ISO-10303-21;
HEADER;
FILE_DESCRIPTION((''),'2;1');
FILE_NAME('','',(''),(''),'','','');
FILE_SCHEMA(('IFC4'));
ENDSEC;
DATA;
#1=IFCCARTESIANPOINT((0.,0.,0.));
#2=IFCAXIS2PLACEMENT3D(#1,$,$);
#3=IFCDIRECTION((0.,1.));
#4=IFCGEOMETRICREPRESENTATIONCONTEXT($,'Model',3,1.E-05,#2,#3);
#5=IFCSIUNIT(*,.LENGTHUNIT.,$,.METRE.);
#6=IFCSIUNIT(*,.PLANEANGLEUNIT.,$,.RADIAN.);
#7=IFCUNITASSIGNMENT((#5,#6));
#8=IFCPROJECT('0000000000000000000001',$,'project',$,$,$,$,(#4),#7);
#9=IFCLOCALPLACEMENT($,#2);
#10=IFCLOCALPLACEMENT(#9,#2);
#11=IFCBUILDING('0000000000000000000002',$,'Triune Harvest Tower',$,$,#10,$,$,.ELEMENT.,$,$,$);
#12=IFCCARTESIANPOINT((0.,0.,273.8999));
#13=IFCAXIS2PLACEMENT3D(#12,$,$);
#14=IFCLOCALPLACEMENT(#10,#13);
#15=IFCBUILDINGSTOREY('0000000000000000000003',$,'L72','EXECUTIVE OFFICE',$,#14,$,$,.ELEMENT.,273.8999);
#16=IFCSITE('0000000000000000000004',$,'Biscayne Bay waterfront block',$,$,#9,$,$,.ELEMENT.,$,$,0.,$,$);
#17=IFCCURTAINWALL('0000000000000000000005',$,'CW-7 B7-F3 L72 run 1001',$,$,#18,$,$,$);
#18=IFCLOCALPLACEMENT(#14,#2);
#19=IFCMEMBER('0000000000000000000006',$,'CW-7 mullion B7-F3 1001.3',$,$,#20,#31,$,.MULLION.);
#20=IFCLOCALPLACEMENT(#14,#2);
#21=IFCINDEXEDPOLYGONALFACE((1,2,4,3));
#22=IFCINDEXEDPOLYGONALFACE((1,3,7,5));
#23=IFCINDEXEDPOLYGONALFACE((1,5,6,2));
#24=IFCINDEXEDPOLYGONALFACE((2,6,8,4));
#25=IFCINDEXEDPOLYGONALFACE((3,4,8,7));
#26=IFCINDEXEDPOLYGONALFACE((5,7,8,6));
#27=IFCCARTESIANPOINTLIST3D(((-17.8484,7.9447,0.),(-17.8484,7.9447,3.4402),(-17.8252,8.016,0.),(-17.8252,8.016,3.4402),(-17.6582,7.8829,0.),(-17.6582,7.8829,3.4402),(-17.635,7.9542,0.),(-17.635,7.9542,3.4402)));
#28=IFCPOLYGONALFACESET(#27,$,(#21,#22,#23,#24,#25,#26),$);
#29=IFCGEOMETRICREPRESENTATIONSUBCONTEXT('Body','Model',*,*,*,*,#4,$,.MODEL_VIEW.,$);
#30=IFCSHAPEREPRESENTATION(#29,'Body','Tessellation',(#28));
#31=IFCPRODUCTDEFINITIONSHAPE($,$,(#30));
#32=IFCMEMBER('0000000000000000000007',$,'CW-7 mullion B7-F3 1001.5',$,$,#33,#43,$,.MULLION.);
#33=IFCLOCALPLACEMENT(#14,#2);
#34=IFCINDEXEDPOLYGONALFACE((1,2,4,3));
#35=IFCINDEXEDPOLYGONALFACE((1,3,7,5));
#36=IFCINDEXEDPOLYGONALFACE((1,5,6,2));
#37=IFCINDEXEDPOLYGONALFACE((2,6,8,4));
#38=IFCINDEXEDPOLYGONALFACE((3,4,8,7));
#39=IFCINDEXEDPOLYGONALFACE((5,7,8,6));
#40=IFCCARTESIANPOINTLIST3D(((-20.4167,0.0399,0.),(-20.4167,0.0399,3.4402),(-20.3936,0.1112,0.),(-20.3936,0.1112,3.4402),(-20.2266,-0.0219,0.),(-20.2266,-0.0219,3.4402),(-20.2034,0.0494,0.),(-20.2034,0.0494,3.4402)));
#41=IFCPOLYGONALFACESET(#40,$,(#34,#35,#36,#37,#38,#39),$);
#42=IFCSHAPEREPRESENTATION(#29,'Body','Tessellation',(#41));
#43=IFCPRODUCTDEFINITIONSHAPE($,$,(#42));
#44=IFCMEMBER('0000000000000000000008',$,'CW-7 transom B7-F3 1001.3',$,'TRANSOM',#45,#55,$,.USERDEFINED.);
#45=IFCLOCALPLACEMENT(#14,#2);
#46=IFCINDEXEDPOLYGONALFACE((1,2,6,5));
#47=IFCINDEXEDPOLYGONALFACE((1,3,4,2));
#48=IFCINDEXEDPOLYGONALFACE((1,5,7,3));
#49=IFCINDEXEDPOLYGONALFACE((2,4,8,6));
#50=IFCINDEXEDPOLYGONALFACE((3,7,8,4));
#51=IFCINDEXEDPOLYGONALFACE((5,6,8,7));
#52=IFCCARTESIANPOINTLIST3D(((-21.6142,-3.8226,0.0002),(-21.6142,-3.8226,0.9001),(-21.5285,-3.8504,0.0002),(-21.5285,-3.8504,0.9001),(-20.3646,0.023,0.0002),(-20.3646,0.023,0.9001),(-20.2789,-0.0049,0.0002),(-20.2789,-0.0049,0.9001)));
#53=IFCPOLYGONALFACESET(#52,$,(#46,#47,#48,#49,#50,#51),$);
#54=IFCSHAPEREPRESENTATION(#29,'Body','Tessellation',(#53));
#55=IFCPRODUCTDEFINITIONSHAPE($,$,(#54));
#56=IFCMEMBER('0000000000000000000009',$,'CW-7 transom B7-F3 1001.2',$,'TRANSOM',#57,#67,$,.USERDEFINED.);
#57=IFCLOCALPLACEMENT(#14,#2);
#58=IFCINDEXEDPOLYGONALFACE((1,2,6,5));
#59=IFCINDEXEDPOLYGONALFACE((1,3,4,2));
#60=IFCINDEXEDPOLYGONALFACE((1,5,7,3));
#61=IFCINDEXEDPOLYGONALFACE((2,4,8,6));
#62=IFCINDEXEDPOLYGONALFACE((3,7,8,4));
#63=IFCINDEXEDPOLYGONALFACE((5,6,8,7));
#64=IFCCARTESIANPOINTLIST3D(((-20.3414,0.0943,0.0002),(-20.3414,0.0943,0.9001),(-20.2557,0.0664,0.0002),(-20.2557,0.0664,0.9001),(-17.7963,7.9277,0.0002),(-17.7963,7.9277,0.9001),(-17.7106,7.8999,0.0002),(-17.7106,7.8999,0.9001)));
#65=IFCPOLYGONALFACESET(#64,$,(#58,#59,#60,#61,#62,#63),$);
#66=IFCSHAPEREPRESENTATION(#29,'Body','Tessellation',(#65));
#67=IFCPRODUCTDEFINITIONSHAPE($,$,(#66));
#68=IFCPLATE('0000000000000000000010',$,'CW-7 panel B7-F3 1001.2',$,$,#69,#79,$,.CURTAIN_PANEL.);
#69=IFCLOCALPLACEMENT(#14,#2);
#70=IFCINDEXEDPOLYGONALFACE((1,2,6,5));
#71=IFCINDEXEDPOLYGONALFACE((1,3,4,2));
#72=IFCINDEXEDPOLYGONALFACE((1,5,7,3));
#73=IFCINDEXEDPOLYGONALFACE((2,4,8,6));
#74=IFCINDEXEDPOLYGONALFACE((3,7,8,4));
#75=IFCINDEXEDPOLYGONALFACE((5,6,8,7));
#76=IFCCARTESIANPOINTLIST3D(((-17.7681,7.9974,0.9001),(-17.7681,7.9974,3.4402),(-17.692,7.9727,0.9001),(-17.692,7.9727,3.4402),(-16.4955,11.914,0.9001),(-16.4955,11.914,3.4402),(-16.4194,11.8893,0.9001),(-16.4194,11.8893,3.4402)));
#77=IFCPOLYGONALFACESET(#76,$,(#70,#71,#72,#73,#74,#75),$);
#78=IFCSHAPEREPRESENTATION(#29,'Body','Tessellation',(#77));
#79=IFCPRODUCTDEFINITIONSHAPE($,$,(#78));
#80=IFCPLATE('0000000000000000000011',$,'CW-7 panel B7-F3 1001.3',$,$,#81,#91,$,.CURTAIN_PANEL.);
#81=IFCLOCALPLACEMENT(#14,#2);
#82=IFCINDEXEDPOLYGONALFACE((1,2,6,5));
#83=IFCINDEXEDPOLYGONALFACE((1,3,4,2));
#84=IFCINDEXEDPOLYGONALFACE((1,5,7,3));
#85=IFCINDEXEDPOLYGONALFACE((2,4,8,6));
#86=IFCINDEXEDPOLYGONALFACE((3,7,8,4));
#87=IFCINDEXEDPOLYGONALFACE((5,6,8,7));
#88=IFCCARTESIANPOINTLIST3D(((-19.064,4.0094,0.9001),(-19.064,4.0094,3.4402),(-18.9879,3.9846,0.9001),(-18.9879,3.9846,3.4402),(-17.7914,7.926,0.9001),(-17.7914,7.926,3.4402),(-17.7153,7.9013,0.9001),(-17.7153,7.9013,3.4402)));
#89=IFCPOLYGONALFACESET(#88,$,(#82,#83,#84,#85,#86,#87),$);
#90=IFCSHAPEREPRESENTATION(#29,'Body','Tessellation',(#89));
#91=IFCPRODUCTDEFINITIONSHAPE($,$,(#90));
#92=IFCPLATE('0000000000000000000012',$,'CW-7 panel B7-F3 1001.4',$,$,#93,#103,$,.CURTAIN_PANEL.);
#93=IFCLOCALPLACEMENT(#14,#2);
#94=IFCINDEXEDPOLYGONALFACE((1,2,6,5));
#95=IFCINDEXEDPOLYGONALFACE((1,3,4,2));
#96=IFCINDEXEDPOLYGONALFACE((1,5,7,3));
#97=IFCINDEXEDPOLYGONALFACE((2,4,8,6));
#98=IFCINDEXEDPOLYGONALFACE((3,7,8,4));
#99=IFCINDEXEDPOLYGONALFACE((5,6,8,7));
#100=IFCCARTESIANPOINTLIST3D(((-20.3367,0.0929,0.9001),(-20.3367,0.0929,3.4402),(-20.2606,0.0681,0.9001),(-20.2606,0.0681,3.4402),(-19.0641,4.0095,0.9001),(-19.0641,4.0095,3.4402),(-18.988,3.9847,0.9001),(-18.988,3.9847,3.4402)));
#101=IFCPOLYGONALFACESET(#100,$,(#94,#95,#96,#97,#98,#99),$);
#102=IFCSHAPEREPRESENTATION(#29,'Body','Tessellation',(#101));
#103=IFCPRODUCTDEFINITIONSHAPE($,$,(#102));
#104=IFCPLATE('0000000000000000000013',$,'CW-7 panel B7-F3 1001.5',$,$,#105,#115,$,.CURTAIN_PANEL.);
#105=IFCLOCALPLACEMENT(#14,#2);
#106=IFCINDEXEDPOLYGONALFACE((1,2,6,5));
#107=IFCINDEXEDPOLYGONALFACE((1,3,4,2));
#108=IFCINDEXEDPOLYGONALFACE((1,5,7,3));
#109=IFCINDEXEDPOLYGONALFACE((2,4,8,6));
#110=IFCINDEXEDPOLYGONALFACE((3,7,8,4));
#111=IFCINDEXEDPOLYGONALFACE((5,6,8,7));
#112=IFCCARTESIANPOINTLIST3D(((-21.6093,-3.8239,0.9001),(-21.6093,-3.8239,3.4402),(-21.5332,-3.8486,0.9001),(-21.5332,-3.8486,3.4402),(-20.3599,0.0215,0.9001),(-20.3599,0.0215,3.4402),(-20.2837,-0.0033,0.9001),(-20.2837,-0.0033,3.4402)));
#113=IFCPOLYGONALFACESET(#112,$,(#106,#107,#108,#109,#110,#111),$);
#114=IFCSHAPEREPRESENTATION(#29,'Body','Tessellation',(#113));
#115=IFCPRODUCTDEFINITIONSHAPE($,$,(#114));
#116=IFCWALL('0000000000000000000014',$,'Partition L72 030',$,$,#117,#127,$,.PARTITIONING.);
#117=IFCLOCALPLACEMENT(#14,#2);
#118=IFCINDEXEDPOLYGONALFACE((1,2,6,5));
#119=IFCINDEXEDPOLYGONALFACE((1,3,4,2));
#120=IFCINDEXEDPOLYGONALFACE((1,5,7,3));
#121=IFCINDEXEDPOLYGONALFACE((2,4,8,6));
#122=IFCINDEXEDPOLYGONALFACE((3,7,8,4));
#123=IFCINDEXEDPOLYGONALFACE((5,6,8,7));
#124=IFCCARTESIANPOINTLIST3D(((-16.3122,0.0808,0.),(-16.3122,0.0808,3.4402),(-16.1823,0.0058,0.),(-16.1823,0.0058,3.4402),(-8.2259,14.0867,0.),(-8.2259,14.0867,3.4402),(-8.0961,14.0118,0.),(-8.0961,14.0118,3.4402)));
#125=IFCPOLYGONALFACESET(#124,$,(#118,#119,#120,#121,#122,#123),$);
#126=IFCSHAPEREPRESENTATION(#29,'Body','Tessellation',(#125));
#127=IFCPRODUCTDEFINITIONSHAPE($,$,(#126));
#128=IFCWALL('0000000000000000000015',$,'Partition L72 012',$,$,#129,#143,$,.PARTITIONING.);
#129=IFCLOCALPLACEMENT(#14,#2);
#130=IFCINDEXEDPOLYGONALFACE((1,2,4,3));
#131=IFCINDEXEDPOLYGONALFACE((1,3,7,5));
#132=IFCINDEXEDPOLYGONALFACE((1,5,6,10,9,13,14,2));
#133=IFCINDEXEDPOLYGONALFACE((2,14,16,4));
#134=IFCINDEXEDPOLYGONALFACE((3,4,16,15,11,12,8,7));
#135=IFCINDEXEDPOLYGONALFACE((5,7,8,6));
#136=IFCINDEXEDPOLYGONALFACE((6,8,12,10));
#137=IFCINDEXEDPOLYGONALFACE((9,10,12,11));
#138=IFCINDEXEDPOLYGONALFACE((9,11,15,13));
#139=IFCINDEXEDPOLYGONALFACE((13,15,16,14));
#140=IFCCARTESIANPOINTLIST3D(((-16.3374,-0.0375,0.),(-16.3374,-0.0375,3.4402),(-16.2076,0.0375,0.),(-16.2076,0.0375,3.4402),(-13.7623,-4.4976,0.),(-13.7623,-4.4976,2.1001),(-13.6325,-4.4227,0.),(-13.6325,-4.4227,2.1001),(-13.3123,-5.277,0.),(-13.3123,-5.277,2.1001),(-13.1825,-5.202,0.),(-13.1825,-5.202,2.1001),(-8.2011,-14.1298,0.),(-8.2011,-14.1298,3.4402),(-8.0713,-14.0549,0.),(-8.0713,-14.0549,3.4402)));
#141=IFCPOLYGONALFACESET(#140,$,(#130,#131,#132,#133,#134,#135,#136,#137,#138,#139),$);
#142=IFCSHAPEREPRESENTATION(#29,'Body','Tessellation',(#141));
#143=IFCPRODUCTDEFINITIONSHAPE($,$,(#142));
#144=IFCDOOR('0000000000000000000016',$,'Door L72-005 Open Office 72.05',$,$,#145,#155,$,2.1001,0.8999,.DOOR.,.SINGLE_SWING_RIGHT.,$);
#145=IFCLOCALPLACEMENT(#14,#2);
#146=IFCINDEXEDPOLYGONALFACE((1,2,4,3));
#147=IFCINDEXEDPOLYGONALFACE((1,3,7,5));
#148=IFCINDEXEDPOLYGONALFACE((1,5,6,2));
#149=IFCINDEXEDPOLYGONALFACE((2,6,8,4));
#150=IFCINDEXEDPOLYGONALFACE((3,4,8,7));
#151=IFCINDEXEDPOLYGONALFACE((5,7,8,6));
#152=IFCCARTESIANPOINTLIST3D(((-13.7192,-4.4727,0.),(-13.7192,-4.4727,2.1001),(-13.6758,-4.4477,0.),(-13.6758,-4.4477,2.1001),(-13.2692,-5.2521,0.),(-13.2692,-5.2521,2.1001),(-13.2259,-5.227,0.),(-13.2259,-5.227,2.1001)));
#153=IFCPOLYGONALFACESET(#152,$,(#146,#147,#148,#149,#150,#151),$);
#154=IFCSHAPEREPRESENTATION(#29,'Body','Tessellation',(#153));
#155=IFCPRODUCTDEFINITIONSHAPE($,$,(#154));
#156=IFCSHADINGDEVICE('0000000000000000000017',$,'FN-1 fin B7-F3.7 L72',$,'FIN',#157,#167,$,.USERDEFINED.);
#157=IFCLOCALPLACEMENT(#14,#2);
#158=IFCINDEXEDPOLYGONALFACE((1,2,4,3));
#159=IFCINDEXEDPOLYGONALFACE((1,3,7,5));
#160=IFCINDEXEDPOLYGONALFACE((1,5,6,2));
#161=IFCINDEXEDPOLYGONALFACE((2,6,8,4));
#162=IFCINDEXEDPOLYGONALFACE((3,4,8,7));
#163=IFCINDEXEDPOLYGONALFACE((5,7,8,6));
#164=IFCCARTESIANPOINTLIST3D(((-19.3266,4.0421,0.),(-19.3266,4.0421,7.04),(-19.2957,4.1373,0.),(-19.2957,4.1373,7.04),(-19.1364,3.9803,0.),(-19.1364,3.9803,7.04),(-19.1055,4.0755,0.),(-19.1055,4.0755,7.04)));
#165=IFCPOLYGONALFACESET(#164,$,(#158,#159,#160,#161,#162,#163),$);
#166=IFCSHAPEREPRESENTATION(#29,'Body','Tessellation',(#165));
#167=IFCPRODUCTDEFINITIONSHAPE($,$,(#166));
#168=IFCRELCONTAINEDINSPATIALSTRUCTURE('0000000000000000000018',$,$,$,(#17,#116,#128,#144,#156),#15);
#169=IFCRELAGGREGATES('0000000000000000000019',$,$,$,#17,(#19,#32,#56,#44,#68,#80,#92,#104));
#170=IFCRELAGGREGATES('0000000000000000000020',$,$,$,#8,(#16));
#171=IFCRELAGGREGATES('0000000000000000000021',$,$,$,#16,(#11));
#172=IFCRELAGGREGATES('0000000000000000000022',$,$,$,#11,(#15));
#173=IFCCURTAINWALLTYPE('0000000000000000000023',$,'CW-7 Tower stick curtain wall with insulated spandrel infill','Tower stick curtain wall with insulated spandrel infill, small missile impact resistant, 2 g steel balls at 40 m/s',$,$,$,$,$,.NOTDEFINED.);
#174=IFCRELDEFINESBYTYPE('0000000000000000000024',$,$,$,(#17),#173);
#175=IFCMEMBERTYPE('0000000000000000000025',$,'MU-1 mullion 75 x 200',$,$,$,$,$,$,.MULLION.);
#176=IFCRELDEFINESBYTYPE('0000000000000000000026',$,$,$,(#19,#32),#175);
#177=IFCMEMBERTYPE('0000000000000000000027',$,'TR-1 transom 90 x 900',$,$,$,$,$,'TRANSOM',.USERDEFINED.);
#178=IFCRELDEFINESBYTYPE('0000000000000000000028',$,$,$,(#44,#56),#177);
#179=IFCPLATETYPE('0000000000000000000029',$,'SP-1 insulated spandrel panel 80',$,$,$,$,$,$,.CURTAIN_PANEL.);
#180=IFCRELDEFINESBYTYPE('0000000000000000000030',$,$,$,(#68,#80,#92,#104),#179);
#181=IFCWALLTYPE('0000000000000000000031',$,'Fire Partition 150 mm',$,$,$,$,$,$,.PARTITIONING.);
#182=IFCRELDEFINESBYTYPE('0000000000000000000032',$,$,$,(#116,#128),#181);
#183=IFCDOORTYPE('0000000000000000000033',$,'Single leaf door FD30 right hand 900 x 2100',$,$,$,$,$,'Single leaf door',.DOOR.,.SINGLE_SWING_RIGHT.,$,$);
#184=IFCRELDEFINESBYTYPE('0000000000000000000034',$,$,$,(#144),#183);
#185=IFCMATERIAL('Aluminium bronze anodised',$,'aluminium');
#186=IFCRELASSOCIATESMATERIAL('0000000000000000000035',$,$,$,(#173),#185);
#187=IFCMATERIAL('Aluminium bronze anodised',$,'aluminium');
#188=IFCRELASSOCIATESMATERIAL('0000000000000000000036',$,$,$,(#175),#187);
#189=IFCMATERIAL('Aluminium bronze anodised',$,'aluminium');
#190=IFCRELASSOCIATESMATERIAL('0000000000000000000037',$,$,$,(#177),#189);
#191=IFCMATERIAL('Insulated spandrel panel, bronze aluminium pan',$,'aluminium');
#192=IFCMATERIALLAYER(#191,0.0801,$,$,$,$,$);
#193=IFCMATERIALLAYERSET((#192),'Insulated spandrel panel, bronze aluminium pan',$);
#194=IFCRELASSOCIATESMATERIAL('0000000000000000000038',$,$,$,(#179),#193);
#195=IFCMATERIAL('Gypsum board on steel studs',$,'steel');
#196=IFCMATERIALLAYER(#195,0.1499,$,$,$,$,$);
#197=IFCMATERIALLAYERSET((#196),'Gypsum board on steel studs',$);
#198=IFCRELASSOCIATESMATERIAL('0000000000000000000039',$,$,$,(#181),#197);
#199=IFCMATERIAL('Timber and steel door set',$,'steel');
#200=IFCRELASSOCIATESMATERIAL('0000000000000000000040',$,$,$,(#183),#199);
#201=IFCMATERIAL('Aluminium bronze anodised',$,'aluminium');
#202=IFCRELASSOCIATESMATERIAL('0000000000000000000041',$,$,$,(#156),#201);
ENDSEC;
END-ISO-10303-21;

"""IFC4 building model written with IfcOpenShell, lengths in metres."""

from ifc_helpers import new_model, si_unit, direction, frame, frame_2d, origin, origin_2d, place, context, subcontext, project, spatial, rectangle, extrude, source, transform, mapped, material, layer, layer_set, material_profile, profile_set, type_object, element, fill, aggregate, save


model = new_model("IFC4")

# Units and contexts
model_context = context("Model", 3, precision=1e-05, world=origin(), true_north=direction((0.0, 1.0)))
body_context = subcontext(model_context, "Body", "Model", "MODEL_VIEW")
ifc_project = project(units=[si_unit("LENGTHUNIT", "METRE"), si_unit("PLANEANGLEUNIT", "RADIAN")], contexts=[model_context])

# Site, building, storey
site_placement = place(None, origin())
site = spatial("IfcSite", under=ifc_project, at=site_placement, Name="Biscayne Bay waterfront block", CompositionType="ELEMENT", RefElevation=0.0)
building_placement = place(site_placement, origin())
building = spatial("IfcBuilding", under=site, at=building_placement, Name="Triune Harvest Tower", CompositionType="ELEMENT")
storey_placement = place(building_placement, frame((0.0, 0.0, 273.8999)))
storey = spatial("IfcBuildingStorey", under=building, at=storey_placement, Name="L72", Description="EXECUTIVE OFFICE", CompositionType="ELEMENT", Elevation=273.8999)

# Curtain wall, members, plates
ifc_material_1 = material(Name="Aluminium bronze anodised", Category="aluminium")
curtain_wall_type = type_object("IfcCurtainWallType", Name="CW-7 Tower stick curtain wall with insulated spandrel infill", Description="Tower stick curtain wall with insulated spandrel infill, small missile impact resistant, 2 g steel balls at 40 m/s", PredefinedType="NOTDEFINED", material=ifc_material_1)
curtain_wall_placement = place(storey_placement, origin())
curtain_wall = element("IfcCurtainWall", 1, at=curtain_wall_placement, inside=storey, type_object=curtain_wall_type, Name="CW-7 B7-F3 L72 run 1001")
ifc_material_2 = material(Name="Aluminium bronze anodised", Category="aluminium")
ifc_material_profile_1 = material_profile(ifc_material_2, rectangle(XDim=0.2, YDim=0.075, at=origin_2d()), Name="MU-1 mullion 75 x 200")
ifc_profile_set_1 = profile_set([ifc_material_profile_1], Name="Aluminium bronze anodised")
member_type_1 = type_object("IfcMemberType", Name="MU-1 mullion 75 x 200", PredefinedType="MULLION", material=ifc_profile_set_1)
shared_shape_1 = source(origin(), body_context, "Body", "SweptSolid", [
    extrude(rectangle(XDim=0.2, YDim=0.075, at=origin_2d()), origin(), (0.0, 0.0, 1.0), 3.4402),
])
member_1_placement = place(storey_placement, frame((-17.7417, 7.9495, 0.0), z_axis=(0.0, 0.0, 1.0), x_axis=(0.951056, -0.30902, 0.0)))
member_1 = element("IfcMember", 2, at=member_1_placement, type_object=member_type_1, Name="CW-7 mullion B7-F3 1001.3", PredefinedType="MULLION", context=body_context, shape_type="MappedRepresentation", body=[
    mapped(shared_shape_1, transform((0.0, 0.0, 0.0), scale=1.0)),
])
member_2_placement = place(storey_placement, frame((-20.3101, 0.0447, 0.0), z_axis=(0.0, 0.0, 1.0), x_axis=(0.951056, -0.30902, 0.0)))
member_2 = element("IfcMember", 3, at=member_2_placement, type_object=member_type_1, Name="CW-7 mullion B7-F3 1001.5", PredefinedType="MULLION", context=body_context, shape_type="MappedRepresentation", body=[
    mapped(shared_shape_1, transform((0.0, 0.0, 0.0), scale=1.0)),
])
ifc_material_3 = material(Name="Aluminium bronze anodised", Category="aluminium")
ifc_material_profile_2 = material_profile(ifc_material_3, rectangle(XDim=0.0901, YDim=0.8999, at=origin_2d()), Name="TR-1 transom 90 x 900")
ifc_profile_set_2 = profile_set([ifc_material_profile_2], Name="Aluminium bronze anodised")
member_type_2 = type_object("IfcMemberType", Name="TR-1 transom 90 x 900", ElementType="TRANSOM", PredefinedType="USERDEFINED", material=ifc_profile_set_2)
shared_shape_2 = source(origin(), body_context, "Body", "SweptSolid", [
    extrude(rectangle(XDim=0.0901, YDim=0.8999, at=origin_2d()), origin(), (0.0, 0.0, 1.0), 4.0435),
])
member_3_placement = place(storey_placement, frame((-20.3218, 0.009, 0.4502), z_axis=(-0.309027, -0.951053, 0.0), x_axis=(0.951053, -0.309027, 0.0)))
member_3 = element("IfcMember", 4, at=member_3_placement, type_object=member_type_2, Name="CW-7 transom B7-F3 1001.3", ObjectType="TRANSOM", PredefinedType="USERDEFINED", context=body_context, shape_type="MappedRepresentation", body=[
    mapped(shared_shape_2, transform((0.0, 0.0, 0.0), scale=1.0)),
])
shared_shape_3 = source(origin(), body_context, "Body", "SweptSolid", [
    extrude(rectangle(XDim=0.0901, YDim=0.8999, at=origin_2d()), origin(), (0.0, 0.0, 1.0), 8.2366),
])
member_4_placement = place(storey_placement, frame((-17.7534, 7.9138, 0.4502), z_axis=(-0.309007, -0.95106, 0.0), x_axis=(0.95106, -0.309007, 0.0)))
member_4 = element("IfcMember", 5, at=member_4_placement, type_object=member_type_2, Name="CW-7 transom B7-F3 1001.2", ObjectType="TRANSOM", PredefinedType="USERDEFINED", context=body_context, shape_type="MappedRepresentation", body=[
    mapped(shared_shape_3, transform((0.0, 0.0, 0.0), scale=1.0)),
])
ifc_material_4 = material(Name="Insulated spandrel panel, bronze aluminium pan", Category="aluminium")
ifc_layer_1 = layer(ifc_material_4, 0.0801)
ifc_layer_set_1 = layer_set([ifc_layer_1], Name="Insulated spandrel panel, bronze aluminium pan")
plate_type = type_object("IfcPlateType", Name="SP-1 insulated spandrel panel 80", PredefinedType="CURTAIN_PANEL", material=ifc_layer_set_1)
shared_shape_4 = source(origin(), body_context, "Body", "SweptSolid", [
    extrude(rectangle(XDim=4.1182, YDim=0.0801, at=origin_2d()), origin(), (0.0, 0.0, 1.0), 2.54),
])
plate_1_placement = place(storey_placement, frame((-17.0938, 9.9434, 0.9001), z_axis=(0.0, 0.0, 1.0), x_axis=(-0.30902, -0.951056, 0.0)))
plate_1 = element("IfcPlate", 6, at=plate_1_placement, type_object=plate_type, Name="CW-7 panel B7-F3 1001.2", PredefinedType="CURTAIN_PANEL", context=body_context, shape_type="MappedRepresentation", body=[
    mapped(shared_shape_4, transform((0.0, 0.0, 0.0), scale=1.0)),
])
plate_2_placement = place(storey_placement, frame((-18.3896, 5.9553, 0.9001), z_axis=(0.0, 0.0, 1.0), x_axis=(-0.30902, -0.951056, 0.0)))
plate_2 = element("IfcPlate", 7, at=plate_2_placement, type_object=plate_type, Name="CW-7 panel B7-F3 1001.3", PredefinedType="CURTAIN_PANEL", context=body_context, shape_type="MappedRepresentation", body=[
    mapped(shared_shape_4, transform((0.0, 0.0, 0.0), scale=1.0)),
])
plate_3_placement = place(storey_placement, frame((-19.6624, 2.0388, 0.9001), z_axis=(0.0, 0.0, 1.0), x_axis=(-0.30902, -0.951056, 0.0)))
plate_3 = element("IfcPlate", 8, at=plate_3_placement, type_object=plate_type, Name="CW-7 panel B7-F3 1001.4", PredefinedType="CURTAIN_PANEL", context=body_context, shape_type="MappedRepresentation", body=[
    mapped(shared_shape_4, transform((0.0, 0.0, 0.0), scale=1.0)),
])
shared_shape_5 = source(origin(), body_context, "Body", "SweptSolid", [
    extrude(rectangle(XDim=4.0432, YDim=0.0801, at=origin_2d()), origin(), (0.0, 0.0, 1.0), 2.54),
])
plate_4_placement = place(storey_placement, frame((-20.9465, -1.9136, 0.9001), z_axis=(0.0, 0.0, 1.0), x_axis=(-0.30902, -0.951056, 0.0)))
plate_4 = element("IfcPlate", 9, at=plate_4_placement, type_object=plate_type, Name="CW-7 panel B7-F3 1001.5", PredefinedType="CURTAIN_PANEL", context=body_context, shape_type="MappedRepresentation", body=[
    mapped(shared_shape_5, transform((0.0, 0.0, 0.0), scale=1.0)),
])
aggregate(curtain_wall, [member_1, member_2, member_4, member_3, plate_1, plate_2, plate_3, plate_4])

# Wall
ifc_material_5 = material(Name="Gypsum board on steel studs", Category="steel")
ifc_layer_2 = layer(ifc_material_5, 0.1499)
ifc_layer_set_2 = layer_set([ifc_layer_2], Name="Gypsum board on steel studs")
wall_type = type_object("IfcWallType", Name="Fire Partition 150 mm", PredefinedType="PARTITIONING", material=ifc_layer_set_2)
wall_1_placement = place(storey_placement, frame((-16.2473, 0.0432, 0.0), z_axis=(0.0, 0.0, 1.0), x_axis=(0.499995, 0.866028, 0.0)))
element("IfcWall", 10, at=wall_1_placement, inside=storey, type_object=wall_type, Name="Partition L72 030", PredefinedType="PARTITIONING", context=body_context, shape_type="SweptSolid", body=[
    extrude(rectangle(XDim=16.1726, YDim=0.1499, at=frame_2d((8.0864, 0.0))), origin(), (0.0, 0.0, 1.0), 3.4402),
])

# Wall, opening, door
shared_shape_6 = source(origin(), body_context, "Body", "SweptSolid", [
    extrude(rectangle(XDim=16.2725, YDim=0.1499, at=frame_2d((8.1362, 0.0))), origin(), (0.0, 0.0, 1.0), 3.4402),
])
wall_2_placement = place(storey_placement, frame((-16.2725, 0.0, 0.0), z_axis=(0.0, 0.0, 1.0), x_axis=(0.500002, -0.866024, 0.0)))
wall_2 = element("IfcWall", 11, at=wall_2_placement, inside=storey, type_object=wall_type, Name="Partition L72 012", PredefinedType="PARTITIONING", context=body_context, shape_type="MappedRepresentation", body=[
    mapped(shared_shape_6, transform((0.0, 0.0, 0.0), scale=1.0)),
])
opening_placement = place(wall_2_placement, frame((5.1501, 0.0, 0.0)))
opening = element("IfcOpeningElement", 12, at=opening_placement, cuts=wall_2, PredefinedType="OPENING", context=body_context, shape_type="SweptSolid", body=[
    extrude(rectangle(XDim=0.8999, YDim=2.1001, at=frame_2d((0.45, 1.05))), frame((0.0, 0.085, 0.0), z_axis=(0.0, -1.0, 0.0), x_axis=(1.0, 0.0, 0.0)), (0.0, 0.0, 1.0), 0.1699),
])
ifc_material_6 = material(Name="Timber and steel door set", Category="steel")
door_type = type_object("IfcDoorType", Name="Single leaf door FD30 right hand 900 x 2100", ElementType="Single leaf door", OperationType="SINGLE_SWING_RIGHT", PredefinedType="DOOR", material=ifc_material_6)
door_placement = place(opening_placement, origin())
door = element("IfcDoor", 13, at=door_placement, inside=storey, type_object=door_type, Name="Door L72-005 Open Office 72.05", OperationType="SINGLE_SWING_RIGHT", OverallHeight=2.1001, OverallWidth=0.8999, PredefinedType="DOOR", context=body_context, shape_type="SweptSolid", body=[
    extrude(rectangle(XDim=0.8999, YDim=2.1001, at=frame_2d((0.45, 1.05))), frame((0.0, 0.0249, 0.0), z_axis=(0.0, -1.0, 0.0), x_axis=(1.0, 0.0, 0.0)), (0.0, 0.0, 1.0), 0.05),
])
fill(opening, door)

# Shading device
ifc_material_7 = material(Name="Aluminium bronze anodised", Category="aluminium")
shared_shape_7 = source(origin(), body_context, "Body", "SweptSolid", [
    extrude(rectangle(XDim=0.1001, YDim=0.2, at=origin_2d()), origin(), (0.0, 0.0, 1.0), 7.04),
])
shading_device_1_placement = place(storey_placement, frame((-19.2161, 4.0588, 0.0), z_axis=(0.0, 0.0, 1.0), x_axis=(-0.309016, -0.951057, 0.0)))
element("IfcShadingDevice", 14, at=shading_device_1_placement, inside=storey, material=ifc_material_7, Name="FN-1 fin B7-F3.7 L72", ObjectType="FIN", PredefinedType="USERDEFINED", context=body_context, shape_type="MappedRepresentation", body=[
    mapped(shared_shape_7, transform((0.0, 0.0, 0.0), scale=1.0)),
])

save(model, "model.ifc")
